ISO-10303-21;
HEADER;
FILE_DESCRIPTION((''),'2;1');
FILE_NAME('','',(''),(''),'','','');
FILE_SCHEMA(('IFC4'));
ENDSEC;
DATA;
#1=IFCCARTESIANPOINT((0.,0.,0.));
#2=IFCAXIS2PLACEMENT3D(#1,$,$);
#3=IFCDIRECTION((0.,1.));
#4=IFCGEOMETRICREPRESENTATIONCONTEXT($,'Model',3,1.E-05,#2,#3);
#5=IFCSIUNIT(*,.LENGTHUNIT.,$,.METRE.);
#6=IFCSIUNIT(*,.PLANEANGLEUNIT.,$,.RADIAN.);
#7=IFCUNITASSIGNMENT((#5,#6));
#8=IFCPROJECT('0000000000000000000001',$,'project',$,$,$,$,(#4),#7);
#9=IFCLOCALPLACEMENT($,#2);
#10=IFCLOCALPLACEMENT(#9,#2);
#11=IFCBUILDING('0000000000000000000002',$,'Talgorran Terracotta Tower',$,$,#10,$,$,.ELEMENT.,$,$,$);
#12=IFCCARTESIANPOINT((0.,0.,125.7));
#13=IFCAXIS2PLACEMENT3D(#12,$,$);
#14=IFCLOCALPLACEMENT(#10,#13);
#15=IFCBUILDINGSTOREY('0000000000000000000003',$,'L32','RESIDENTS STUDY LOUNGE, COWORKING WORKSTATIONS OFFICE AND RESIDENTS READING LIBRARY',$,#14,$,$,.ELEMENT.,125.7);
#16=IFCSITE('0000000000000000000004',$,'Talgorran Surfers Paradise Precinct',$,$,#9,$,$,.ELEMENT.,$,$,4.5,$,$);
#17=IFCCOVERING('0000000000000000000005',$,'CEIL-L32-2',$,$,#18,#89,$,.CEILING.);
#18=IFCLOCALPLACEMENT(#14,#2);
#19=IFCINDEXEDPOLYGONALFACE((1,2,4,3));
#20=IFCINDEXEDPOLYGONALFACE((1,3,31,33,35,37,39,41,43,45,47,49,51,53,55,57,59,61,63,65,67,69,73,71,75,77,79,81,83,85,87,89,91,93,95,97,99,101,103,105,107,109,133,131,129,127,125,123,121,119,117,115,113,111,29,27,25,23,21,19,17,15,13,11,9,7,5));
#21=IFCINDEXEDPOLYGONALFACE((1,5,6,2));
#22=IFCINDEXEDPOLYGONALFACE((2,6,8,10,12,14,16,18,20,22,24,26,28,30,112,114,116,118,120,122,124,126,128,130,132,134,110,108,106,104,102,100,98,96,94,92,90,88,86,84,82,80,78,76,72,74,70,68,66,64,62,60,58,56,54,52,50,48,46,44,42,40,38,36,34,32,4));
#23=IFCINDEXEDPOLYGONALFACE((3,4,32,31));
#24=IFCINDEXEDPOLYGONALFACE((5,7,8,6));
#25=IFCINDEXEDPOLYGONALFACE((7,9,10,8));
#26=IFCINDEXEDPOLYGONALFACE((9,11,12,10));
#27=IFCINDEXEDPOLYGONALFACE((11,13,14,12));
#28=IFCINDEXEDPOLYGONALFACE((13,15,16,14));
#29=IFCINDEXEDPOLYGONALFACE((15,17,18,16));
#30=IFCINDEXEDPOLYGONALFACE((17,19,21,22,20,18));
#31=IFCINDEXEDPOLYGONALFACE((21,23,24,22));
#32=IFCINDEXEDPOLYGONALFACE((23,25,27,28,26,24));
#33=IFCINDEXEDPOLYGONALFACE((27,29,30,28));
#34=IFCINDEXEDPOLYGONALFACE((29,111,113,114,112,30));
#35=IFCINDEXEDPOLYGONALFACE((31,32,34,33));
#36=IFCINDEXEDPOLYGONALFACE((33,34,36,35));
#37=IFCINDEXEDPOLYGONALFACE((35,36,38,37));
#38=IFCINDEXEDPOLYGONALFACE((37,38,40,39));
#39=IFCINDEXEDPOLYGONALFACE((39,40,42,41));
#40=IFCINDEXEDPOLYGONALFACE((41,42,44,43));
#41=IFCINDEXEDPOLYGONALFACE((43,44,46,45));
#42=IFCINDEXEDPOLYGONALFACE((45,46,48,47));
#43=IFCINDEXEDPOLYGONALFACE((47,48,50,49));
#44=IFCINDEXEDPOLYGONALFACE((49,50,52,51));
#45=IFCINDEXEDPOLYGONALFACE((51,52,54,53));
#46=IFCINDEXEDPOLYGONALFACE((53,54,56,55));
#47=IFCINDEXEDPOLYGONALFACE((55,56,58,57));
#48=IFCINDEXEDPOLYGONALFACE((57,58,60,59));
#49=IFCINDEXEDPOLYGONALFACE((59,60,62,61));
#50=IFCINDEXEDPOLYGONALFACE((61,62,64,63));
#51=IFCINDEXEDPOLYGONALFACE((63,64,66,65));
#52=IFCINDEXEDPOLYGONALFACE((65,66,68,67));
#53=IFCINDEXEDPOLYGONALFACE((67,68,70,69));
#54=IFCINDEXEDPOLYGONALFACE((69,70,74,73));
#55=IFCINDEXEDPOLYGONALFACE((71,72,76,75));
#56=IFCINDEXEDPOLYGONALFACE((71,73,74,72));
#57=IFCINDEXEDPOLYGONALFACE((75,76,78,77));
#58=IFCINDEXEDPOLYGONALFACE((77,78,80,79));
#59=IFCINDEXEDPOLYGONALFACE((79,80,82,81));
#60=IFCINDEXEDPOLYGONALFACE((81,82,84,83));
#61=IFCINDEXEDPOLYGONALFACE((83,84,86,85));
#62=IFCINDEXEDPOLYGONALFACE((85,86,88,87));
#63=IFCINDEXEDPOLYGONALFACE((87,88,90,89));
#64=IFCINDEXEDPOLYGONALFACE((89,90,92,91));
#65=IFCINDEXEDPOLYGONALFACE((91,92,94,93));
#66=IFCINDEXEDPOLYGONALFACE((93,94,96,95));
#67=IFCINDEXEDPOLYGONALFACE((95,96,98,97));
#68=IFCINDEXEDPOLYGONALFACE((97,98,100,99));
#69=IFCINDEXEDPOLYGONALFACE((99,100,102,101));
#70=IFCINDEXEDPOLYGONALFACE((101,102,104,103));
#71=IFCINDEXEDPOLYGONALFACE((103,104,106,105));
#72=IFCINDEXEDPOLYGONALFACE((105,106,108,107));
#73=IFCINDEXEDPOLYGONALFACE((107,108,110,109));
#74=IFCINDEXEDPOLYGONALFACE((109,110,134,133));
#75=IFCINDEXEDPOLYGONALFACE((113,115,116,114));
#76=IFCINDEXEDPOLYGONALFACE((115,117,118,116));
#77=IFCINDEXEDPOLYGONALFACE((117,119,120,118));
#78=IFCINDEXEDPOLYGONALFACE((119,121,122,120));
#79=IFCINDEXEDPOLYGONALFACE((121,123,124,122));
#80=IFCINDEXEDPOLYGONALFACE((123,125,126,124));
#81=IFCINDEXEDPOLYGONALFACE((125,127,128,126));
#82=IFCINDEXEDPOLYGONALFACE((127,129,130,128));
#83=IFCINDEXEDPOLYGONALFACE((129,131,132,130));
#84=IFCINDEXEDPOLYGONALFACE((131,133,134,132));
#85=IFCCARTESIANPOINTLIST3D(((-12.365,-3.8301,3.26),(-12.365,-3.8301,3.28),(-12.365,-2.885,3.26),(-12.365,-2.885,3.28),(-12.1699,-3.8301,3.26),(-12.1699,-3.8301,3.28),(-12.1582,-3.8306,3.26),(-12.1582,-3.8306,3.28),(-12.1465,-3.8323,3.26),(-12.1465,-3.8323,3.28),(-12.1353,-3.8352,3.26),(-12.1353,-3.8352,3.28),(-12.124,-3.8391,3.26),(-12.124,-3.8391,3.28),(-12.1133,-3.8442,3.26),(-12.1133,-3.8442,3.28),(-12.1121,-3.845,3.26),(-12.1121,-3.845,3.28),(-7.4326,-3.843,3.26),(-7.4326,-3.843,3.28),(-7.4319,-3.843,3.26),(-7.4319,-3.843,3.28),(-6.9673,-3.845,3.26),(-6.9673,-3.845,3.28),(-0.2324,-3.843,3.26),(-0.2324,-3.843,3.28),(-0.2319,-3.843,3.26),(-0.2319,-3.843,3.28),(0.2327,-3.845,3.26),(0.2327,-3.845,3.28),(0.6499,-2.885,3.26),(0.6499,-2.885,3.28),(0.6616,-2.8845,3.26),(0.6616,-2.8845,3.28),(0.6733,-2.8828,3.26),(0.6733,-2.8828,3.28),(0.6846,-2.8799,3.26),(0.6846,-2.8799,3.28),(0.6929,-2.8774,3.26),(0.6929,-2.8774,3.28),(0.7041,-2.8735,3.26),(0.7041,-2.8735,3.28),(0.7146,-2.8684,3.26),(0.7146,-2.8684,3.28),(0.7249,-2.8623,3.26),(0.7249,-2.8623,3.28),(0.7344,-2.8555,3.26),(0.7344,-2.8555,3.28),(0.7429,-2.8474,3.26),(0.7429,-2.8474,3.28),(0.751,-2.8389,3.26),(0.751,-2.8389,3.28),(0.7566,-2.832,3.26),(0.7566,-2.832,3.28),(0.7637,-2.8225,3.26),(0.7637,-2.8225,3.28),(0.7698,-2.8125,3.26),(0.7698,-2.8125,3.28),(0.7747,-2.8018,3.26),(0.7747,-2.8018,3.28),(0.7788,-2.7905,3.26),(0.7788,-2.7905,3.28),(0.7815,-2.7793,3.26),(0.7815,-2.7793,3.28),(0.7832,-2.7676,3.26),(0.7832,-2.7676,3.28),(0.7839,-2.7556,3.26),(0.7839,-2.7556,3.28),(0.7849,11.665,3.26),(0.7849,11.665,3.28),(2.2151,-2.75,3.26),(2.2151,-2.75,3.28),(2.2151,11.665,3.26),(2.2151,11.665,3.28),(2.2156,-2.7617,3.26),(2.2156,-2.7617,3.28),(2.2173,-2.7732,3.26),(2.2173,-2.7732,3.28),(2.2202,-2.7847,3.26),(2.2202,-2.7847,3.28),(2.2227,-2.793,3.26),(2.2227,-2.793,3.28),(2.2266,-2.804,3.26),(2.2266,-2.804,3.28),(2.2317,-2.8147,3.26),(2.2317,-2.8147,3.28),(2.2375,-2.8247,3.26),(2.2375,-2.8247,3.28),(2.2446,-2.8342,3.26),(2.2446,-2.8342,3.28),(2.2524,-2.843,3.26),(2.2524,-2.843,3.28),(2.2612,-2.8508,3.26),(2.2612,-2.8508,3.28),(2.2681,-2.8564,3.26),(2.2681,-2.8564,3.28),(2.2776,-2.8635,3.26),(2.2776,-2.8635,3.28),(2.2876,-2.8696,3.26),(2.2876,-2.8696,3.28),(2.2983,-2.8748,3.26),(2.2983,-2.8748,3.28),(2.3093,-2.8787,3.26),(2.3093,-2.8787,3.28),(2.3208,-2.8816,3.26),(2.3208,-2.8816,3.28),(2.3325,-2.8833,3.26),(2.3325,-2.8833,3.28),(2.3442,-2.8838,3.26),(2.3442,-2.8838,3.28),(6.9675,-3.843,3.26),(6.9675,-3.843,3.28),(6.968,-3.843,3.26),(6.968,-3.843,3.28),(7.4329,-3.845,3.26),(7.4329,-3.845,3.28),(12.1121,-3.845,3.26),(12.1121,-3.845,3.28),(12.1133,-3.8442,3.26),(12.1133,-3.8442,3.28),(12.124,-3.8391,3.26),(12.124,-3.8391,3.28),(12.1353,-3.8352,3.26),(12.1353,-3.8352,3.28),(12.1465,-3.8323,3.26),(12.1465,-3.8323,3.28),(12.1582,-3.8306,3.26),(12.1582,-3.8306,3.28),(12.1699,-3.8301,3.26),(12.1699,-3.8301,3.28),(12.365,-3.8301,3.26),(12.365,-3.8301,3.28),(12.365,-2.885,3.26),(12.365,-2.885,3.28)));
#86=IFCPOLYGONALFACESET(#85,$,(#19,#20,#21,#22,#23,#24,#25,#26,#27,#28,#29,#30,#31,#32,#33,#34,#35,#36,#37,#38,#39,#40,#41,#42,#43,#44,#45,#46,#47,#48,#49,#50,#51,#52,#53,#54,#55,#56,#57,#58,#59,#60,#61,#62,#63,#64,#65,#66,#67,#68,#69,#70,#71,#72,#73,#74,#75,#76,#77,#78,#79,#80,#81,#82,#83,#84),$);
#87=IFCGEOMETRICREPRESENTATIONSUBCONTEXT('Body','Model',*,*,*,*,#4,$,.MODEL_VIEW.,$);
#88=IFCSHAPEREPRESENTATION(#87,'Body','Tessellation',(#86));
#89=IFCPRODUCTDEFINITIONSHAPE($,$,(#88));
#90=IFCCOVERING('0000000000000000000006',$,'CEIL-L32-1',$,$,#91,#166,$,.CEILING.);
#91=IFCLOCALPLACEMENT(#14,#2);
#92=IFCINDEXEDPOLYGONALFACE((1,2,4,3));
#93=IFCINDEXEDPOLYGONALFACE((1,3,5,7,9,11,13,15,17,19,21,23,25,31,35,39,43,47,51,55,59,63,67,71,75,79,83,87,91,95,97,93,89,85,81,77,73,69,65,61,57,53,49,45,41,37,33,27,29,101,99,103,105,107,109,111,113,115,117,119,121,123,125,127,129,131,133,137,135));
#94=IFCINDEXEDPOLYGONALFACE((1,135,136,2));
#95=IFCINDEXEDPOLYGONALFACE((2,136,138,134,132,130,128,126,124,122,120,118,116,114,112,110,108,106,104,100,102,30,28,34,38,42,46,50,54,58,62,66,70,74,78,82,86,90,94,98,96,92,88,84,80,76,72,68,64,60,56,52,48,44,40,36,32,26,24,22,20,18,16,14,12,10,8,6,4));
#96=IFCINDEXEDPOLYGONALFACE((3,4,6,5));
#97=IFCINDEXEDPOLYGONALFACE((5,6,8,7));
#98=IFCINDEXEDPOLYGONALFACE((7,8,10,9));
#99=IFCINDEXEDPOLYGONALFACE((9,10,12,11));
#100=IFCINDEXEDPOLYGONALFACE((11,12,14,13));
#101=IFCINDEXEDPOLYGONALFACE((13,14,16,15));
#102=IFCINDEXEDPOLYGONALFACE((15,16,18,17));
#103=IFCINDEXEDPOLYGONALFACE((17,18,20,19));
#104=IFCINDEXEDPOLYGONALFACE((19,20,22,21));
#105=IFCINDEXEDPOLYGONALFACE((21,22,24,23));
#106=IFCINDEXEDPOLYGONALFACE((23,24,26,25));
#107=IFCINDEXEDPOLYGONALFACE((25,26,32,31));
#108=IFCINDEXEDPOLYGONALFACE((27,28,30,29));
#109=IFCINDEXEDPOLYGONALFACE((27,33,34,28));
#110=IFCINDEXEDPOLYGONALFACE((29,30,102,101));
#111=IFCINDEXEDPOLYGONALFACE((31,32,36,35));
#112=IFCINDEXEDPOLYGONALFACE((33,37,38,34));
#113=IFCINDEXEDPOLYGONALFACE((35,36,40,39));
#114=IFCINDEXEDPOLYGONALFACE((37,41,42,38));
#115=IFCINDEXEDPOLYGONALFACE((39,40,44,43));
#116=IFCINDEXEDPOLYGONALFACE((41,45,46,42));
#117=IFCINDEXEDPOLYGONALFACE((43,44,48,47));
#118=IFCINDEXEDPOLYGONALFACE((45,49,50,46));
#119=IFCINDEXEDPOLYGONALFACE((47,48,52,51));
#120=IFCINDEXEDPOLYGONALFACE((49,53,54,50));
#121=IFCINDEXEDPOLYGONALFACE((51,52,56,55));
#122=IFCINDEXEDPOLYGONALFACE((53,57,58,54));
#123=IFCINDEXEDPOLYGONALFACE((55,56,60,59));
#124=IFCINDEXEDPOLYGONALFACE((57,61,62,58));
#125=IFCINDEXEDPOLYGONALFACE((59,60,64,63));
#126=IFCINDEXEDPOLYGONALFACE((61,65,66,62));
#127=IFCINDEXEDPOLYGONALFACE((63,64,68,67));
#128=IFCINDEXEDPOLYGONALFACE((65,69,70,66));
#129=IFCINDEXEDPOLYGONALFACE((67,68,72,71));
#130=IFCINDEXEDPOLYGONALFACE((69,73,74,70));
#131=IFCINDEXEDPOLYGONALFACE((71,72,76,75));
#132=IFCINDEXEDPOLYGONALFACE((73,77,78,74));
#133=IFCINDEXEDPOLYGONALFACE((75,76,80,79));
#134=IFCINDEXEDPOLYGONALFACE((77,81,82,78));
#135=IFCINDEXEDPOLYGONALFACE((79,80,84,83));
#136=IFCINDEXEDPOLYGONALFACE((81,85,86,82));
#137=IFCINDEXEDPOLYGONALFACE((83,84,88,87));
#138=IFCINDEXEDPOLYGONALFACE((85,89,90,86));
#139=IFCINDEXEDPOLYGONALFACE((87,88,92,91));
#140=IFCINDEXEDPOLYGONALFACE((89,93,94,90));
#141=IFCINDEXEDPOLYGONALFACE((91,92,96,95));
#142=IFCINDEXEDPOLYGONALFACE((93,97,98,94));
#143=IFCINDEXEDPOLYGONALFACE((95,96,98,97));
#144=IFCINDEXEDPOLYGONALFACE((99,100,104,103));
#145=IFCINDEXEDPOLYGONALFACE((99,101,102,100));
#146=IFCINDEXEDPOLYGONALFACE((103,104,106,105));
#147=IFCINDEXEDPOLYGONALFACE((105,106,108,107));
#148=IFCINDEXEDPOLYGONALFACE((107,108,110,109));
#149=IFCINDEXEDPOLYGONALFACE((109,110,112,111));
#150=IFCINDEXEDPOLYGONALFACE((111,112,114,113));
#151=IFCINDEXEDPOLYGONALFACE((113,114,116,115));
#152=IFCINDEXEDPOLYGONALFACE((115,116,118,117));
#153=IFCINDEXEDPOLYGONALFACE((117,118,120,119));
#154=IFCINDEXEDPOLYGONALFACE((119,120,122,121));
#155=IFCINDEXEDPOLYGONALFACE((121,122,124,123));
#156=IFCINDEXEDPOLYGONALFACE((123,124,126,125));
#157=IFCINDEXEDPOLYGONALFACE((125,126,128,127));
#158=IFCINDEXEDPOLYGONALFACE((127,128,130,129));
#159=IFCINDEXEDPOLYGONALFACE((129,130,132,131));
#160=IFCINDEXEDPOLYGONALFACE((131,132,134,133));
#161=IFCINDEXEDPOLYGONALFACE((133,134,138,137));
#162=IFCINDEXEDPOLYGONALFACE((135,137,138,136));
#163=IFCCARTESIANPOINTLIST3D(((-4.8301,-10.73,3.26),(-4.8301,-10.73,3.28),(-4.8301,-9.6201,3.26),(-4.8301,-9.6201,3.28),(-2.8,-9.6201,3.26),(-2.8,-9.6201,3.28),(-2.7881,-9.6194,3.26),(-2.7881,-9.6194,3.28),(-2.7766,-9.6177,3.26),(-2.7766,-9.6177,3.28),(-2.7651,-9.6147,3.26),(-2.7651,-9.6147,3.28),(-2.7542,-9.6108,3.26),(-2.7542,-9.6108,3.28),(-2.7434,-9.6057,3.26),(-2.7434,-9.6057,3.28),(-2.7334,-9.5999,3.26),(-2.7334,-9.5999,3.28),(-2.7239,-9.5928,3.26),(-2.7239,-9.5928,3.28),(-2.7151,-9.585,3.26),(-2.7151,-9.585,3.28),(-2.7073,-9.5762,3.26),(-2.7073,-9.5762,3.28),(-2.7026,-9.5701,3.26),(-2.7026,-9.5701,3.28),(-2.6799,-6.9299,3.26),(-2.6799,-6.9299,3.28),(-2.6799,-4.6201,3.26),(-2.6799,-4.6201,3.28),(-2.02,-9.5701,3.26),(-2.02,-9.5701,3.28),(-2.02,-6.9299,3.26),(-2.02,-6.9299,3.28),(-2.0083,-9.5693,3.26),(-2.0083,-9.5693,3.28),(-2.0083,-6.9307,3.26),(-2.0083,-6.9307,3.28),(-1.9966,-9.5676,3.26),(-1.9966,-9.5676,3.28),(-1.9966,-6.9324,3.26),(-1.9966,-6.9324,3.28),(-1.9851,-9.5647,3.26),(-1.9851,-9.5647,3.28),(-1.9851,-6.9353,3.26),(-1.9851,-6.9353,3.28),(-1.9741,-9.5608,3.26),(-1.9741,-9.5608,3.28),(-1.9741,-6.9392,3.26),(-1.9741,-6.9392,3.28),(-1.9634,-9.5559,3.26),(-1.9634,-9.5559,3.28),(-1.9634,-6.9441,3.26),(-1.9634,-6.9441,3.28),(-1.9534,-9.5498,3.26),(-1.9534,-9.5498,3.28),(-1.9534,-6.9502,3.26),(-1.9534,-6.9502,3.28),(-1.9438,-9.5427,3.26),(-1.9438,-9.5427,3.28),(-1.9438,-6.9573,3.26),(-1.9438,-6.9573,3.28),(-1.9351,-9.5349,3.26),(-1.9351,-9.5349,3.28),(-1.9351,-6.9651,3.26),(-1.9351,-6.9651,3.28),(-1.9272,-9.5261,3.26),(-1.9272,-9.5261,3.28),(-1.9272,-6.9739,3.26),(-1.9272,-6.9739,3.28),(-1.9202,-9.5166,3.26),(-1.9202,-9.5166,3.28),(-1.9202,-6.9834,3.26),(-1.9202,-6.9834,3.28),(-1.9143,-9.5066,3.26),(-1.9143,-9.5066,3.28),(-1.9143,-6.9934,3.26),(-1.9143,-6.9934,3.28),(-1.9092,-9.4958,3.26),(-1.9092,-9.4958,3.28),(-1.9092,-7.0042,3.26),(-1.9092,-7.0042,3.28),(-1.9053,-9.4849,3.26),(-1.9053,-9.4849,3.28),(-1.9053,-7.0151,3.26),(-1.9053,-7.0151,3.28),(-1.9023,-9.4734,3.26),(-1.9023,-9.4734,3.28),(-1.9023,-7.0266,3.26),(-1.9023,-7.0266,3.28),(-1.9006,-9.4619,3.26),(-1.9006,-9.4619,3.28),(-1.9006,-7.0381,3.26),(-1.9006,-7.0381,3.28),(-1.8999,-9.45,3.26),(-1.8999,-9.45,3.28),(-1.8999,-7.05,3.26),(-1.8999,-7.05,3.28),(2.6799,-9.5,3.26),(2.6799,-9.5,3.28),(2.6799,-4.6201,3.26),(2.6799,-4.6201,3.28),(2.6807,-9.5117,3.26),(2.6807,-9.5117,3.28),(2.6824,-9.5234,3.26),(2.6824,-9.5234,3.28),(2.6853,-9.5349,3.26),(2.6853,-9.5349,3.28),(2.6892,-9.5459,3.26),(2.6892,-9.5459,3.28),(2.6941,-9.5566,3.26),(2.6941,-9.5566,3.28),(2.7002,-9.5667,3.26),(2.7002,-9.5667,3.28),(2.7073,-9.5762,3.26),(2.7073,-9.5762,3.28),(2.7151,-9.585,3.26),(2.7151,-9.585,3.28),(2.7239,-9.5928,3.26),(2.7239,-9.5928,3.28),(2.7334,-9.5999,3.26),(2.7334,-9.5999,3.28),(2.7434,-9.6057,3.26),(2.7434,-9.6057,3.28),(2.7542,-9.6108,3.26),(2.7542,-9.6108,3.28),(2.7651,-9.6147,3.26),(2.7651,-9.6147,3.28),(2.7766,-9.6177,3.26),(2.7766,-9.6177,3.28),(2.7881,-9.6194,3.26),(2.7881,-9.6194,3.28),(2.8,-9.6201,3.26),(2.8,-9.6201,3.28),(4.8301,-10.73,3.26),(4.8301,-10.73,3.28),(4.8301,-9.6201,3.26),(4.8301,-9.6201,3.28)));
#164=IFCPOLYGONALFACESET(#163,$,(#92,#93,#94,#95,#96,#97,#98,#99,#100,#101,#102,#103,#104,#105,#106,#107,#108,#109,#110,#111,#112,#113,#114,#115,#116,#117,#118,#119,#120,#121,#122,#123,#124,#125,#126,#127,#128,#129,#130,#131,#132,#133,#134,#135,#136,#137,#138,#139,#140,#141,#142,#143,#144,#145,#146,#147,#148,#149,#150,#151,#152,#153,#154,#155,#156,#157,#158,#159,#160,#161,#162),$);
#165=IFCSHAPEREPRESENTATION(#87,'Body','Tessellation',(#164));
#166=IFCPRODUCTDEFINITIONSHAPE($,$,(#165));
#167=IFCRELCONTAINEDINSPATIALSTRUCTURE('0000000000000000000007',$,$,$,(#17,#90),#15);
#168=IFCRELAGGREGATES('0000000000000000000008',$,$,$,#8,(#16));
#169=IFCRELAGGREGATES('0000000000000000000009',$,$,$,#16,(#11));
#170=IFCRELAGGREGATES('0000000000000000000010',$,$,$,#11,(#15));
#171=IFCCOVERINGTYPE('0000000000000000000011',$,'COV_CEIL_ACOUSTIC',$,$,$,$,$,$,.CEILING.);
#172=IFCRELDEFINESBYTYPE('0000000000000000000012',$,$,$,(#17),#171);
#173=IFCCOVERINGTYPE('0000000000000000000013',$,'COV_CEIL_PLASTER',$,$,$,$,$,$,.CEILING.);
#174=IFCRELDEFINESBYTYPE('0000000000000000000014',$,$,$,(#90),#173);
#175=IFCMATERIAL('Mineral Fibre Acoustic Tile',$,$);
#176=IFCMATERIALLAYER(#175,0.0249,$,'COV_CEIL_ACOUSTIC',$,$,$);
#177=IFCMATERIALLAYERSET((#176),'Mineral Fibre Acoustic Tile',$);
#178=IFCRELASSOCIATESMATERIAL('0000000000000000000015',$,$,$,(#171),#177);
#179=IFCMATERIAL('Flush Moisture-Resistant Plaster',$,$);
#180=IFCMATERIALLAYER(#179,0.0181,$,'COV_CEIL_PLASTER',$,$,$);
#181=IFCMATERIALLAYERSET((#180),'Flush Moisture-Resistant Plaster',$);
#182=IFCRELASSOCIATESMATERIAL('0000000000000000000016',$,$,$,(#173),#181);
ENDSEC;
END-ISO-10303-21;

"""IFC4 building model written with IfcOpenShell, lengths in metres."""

from ifc_helpers import new_model, si_unit, direction, frame, origin, place, context, subcontext, project, spatial, polyline, outline, extrude, material, layer, layer_set, type_object, element, save


model = new_model("IFC4")

# Units and contexts
model_context = context("Model", 3, precision=1e-05, world=origin(), true_north=direction((0.0, 1.0)))
body_context = subcontext(model_context, "Body", "Model", "MODEL_VIEW")
ifc_project = project(units=[si_unit("LENGTHUNIT", "METRE"), si_unit("PLANEANGLEUNIT", "RADIAN")], contexts=[model_context])

# Site, building, storey
site_placement = place(None, origin())
site = spatial("IfcSite", under=ifc_project, at=site_placement, Name="Talgorran Surfers Paradise Precinct", CompositionType="ELEMENT", RefElevation=4.5)
building_placement = place(site_placement, origin())
building = spatial("IfcBuilding", under=site, at=building_placement, Name="Talgorran Terracotta Tower", CompositionType="ELEMENT")
storey_placement = place(building_placement, frame((0.0, 0.0, 125.7)))
storey = spatial("IfcBuildingStorey", under=building, at=storey_placement, Name="L32", Description="RESIDENTS STUDY LOUNGE, COWORKING WORKSTATIONS OFFICE AND RESIDENTS READING LIBRARY", CompositionType="ELEMENT", Elevation=125.7)

# Coverings
ifc_material_1 = material(Name="Mineral Fibre Acoustic Tile")
ifc_layer_1 = layer(ifc_material_1, 0.0249, Name="COV_CEIL_ACOUSTIC")
ifc_layer_set_1 = layer_set([ifc_layer_1], Name="Mineral Fibre Acoustic Tile")
covering_type_1 = type_object("IfcCoveringType", Name="COV_CEIL_ACOUSTIC", PredefinedType="CEILING", material=ifc_layer_set_1)
covering_1_placement = place(storey_placement, frame((0.0, 0.0, 3.26)))
element("IfcCovering", 1, at=covering_1_placement, inside=storey, type_object=covering_type_1, Name="CEIL-L32-2", PredefinedType="CEILING", context=body_context, shape_type="SweptSolid", body=[
    extrude(outline(polyline([(-12.365, -2.885), (0.6499, -2.885), (0.6616, -2.8845), (0.6733, -2.8828), (0.6846, -2.8799), (0.6929, -2.8774), (0.7041, -2.8735), (0.7146, -2.8684), (0.7249, -2.8623), (0.7344, -2.8555), (0.7429, -2.8474), (0.751, -2.8389), (0.7566, -2.832), (0.7637, -2.8225), (0.7698, -2.8125), (0.7747, -2.8018), (0.7788, -2.7905), (0.7815, -2.7793), (0.7832, -2.7676), (0.7839, -2.7556), (0.7849, 11.665), (2.2151, 11.665), (2.2151, -2.75), (2.2156, -2.7617), (2.2173, -2.7732), (2.2202, -2.7847), (2.2227, -2.793), (2.2266, -2.804), (2.2317, -2.8147), (2.2375, -2.8247), (2.2446, -2.8342), (2.2524, -2.843), (2.2612, -2.8508), (2.2681, -2.8564), (2.2776, -2.8635), (2.2876, -2.8696), (2.2983, -2.8748), (2.3093, -2.8787), (2.3208, -2.8816), (2.3325, -2.8833), (2.3442, -2.8838), (12.365, -2.885), (12.365, -3.8301), (12.1699, -3.8301), (12.1582, -3.8306), (12.1465, -3.8323), (12.1353, -3.8352), (12.124, -3.8391), (12.1133, -3.8442), (12.1121, -3.845), (7.4329, -3.845), (6.968, -3.843), (6.9675, -3.843), (0.2327, -3.845), (-0.2319, -3.843), (-0.2324, -3.843), (-6.9673, -3.845), (-7.4319, -3.843), (-7.4326, -3.843), (-12.1121, -3.845), (-12.1133, -3.8442), (-12.124, -3.8391), (-12.1353, -3.8352), (-12.1465, -3.8323), (-12.1582, -3.8306), (-12.1699, -3.8301), (-12.365, -3.8301), (-12.365, -2.885)])), origin(), (0.0, 0.0, 1.0), 0.02),
])
ifc_material_2 = material(Name="Flush Moisture-Resistant Plaster")
ifc_layer_2 = layer(ifc_material_2, 0.0181, Name="COV_CEIL_PLASTER")
ifc_layer_set_2 = layer_set([ifc_layer_2], Name="Flush Moisture-Resistant Plaster")
covering_type_2 = type_object("IfcCoveringType", Name="COV_CEIL_PLASTER", PredefinedType="CEILING", material=ifc_layer_set_2)
covering_2_placement = place(storey_placement, frame((0.0, 0.0, 3.26)))
element("IfcCovering", 2, at=covering_2_placement, inside=storey, type_object=covering_type_2, Name="CEIL-L32-1", PredefinedType="CEILING", context=body_context, shape_type="SweptSolid", body=[
    extrude(outline(polyline([(-2.7026, -9.5701), (-2.02, -9.5701), (-2.0083, -9.5693), (-1.9966, -9.5676), (-1.9851, -9.5647), (-1.9741, -9.5608), (-1.9634, -9.5559), (-1.9534, -9.5498), (-1.9438, -9.5427), (-1.9351, -9.5349), (-1.9272, -9.5261), (-1.9202, -9.5166), (-1.9143, -9.5066), (-1.9092, -9.4958), (-1.9053, -9.4849), (-1.9023, -9.4734), (-1.9006, -9.4619), (-1.8999, -9.45), (-1.8999, -7.05), (-1.9006, -7.0381), (-1.9023, -7.0266), (-1.9053, -7.0151), (-1.9092, -7.0042), (-1.9143, -6.9934), (-1.9202, -6.9834), (-1.9272, -6.9739), (-1.9351, -6.9651), (-1.9438, -6.9573), (-1.9534, -6.9502), (-1.9634, -6.9441), (-1.9741, -6.9392), (-1.9851, -6.9353), (-1.9966, -6.9324), (-2.0083, -6.9307), (-2.02, -6.9299), (-2.6799, -6.9299), (-2.6799, -4.6201), (2.6799, -4.6201), (2.6799, -9.5), (2.6807, -9.5117), (2.6824, -9.5234), (2.6853, -9.5349), (2.6892, -9.5459), (2.6941, -9.5566), (2.7002, -9.5667), (2.7073, -9.5762), (2.7151, -9.585), (2.7239, -9.5928), (2.7334, -9.5999), (2.7434, -9.6057), (2.7542, -9.6108), (2.7651, -9.6147), (2.7766, -9.6177), (2.7881, -9.6194), (2.8, -9.6201), (4.8301, -9.6201), (4.8301, -10.73), (-4.8301, -10.73), (-4.8301, -9.6201), (-2.8, -9.6201), (-2.7881, -9.6194), (-2.7766, -9.6177), (-2.7651, -9.6147), (-2.7542, -9.6108), (-2.7434, -9.6057), (-2.7334, -9.5999), (-2.7239, -9.5928), (-2.7151, -9.585), (-2.7073, -9.5762), (-2.7026, -9.5701)])), origin(), (0.0, 0.0, 1.0), 0.02),
])

save(model, "model.ifc")
